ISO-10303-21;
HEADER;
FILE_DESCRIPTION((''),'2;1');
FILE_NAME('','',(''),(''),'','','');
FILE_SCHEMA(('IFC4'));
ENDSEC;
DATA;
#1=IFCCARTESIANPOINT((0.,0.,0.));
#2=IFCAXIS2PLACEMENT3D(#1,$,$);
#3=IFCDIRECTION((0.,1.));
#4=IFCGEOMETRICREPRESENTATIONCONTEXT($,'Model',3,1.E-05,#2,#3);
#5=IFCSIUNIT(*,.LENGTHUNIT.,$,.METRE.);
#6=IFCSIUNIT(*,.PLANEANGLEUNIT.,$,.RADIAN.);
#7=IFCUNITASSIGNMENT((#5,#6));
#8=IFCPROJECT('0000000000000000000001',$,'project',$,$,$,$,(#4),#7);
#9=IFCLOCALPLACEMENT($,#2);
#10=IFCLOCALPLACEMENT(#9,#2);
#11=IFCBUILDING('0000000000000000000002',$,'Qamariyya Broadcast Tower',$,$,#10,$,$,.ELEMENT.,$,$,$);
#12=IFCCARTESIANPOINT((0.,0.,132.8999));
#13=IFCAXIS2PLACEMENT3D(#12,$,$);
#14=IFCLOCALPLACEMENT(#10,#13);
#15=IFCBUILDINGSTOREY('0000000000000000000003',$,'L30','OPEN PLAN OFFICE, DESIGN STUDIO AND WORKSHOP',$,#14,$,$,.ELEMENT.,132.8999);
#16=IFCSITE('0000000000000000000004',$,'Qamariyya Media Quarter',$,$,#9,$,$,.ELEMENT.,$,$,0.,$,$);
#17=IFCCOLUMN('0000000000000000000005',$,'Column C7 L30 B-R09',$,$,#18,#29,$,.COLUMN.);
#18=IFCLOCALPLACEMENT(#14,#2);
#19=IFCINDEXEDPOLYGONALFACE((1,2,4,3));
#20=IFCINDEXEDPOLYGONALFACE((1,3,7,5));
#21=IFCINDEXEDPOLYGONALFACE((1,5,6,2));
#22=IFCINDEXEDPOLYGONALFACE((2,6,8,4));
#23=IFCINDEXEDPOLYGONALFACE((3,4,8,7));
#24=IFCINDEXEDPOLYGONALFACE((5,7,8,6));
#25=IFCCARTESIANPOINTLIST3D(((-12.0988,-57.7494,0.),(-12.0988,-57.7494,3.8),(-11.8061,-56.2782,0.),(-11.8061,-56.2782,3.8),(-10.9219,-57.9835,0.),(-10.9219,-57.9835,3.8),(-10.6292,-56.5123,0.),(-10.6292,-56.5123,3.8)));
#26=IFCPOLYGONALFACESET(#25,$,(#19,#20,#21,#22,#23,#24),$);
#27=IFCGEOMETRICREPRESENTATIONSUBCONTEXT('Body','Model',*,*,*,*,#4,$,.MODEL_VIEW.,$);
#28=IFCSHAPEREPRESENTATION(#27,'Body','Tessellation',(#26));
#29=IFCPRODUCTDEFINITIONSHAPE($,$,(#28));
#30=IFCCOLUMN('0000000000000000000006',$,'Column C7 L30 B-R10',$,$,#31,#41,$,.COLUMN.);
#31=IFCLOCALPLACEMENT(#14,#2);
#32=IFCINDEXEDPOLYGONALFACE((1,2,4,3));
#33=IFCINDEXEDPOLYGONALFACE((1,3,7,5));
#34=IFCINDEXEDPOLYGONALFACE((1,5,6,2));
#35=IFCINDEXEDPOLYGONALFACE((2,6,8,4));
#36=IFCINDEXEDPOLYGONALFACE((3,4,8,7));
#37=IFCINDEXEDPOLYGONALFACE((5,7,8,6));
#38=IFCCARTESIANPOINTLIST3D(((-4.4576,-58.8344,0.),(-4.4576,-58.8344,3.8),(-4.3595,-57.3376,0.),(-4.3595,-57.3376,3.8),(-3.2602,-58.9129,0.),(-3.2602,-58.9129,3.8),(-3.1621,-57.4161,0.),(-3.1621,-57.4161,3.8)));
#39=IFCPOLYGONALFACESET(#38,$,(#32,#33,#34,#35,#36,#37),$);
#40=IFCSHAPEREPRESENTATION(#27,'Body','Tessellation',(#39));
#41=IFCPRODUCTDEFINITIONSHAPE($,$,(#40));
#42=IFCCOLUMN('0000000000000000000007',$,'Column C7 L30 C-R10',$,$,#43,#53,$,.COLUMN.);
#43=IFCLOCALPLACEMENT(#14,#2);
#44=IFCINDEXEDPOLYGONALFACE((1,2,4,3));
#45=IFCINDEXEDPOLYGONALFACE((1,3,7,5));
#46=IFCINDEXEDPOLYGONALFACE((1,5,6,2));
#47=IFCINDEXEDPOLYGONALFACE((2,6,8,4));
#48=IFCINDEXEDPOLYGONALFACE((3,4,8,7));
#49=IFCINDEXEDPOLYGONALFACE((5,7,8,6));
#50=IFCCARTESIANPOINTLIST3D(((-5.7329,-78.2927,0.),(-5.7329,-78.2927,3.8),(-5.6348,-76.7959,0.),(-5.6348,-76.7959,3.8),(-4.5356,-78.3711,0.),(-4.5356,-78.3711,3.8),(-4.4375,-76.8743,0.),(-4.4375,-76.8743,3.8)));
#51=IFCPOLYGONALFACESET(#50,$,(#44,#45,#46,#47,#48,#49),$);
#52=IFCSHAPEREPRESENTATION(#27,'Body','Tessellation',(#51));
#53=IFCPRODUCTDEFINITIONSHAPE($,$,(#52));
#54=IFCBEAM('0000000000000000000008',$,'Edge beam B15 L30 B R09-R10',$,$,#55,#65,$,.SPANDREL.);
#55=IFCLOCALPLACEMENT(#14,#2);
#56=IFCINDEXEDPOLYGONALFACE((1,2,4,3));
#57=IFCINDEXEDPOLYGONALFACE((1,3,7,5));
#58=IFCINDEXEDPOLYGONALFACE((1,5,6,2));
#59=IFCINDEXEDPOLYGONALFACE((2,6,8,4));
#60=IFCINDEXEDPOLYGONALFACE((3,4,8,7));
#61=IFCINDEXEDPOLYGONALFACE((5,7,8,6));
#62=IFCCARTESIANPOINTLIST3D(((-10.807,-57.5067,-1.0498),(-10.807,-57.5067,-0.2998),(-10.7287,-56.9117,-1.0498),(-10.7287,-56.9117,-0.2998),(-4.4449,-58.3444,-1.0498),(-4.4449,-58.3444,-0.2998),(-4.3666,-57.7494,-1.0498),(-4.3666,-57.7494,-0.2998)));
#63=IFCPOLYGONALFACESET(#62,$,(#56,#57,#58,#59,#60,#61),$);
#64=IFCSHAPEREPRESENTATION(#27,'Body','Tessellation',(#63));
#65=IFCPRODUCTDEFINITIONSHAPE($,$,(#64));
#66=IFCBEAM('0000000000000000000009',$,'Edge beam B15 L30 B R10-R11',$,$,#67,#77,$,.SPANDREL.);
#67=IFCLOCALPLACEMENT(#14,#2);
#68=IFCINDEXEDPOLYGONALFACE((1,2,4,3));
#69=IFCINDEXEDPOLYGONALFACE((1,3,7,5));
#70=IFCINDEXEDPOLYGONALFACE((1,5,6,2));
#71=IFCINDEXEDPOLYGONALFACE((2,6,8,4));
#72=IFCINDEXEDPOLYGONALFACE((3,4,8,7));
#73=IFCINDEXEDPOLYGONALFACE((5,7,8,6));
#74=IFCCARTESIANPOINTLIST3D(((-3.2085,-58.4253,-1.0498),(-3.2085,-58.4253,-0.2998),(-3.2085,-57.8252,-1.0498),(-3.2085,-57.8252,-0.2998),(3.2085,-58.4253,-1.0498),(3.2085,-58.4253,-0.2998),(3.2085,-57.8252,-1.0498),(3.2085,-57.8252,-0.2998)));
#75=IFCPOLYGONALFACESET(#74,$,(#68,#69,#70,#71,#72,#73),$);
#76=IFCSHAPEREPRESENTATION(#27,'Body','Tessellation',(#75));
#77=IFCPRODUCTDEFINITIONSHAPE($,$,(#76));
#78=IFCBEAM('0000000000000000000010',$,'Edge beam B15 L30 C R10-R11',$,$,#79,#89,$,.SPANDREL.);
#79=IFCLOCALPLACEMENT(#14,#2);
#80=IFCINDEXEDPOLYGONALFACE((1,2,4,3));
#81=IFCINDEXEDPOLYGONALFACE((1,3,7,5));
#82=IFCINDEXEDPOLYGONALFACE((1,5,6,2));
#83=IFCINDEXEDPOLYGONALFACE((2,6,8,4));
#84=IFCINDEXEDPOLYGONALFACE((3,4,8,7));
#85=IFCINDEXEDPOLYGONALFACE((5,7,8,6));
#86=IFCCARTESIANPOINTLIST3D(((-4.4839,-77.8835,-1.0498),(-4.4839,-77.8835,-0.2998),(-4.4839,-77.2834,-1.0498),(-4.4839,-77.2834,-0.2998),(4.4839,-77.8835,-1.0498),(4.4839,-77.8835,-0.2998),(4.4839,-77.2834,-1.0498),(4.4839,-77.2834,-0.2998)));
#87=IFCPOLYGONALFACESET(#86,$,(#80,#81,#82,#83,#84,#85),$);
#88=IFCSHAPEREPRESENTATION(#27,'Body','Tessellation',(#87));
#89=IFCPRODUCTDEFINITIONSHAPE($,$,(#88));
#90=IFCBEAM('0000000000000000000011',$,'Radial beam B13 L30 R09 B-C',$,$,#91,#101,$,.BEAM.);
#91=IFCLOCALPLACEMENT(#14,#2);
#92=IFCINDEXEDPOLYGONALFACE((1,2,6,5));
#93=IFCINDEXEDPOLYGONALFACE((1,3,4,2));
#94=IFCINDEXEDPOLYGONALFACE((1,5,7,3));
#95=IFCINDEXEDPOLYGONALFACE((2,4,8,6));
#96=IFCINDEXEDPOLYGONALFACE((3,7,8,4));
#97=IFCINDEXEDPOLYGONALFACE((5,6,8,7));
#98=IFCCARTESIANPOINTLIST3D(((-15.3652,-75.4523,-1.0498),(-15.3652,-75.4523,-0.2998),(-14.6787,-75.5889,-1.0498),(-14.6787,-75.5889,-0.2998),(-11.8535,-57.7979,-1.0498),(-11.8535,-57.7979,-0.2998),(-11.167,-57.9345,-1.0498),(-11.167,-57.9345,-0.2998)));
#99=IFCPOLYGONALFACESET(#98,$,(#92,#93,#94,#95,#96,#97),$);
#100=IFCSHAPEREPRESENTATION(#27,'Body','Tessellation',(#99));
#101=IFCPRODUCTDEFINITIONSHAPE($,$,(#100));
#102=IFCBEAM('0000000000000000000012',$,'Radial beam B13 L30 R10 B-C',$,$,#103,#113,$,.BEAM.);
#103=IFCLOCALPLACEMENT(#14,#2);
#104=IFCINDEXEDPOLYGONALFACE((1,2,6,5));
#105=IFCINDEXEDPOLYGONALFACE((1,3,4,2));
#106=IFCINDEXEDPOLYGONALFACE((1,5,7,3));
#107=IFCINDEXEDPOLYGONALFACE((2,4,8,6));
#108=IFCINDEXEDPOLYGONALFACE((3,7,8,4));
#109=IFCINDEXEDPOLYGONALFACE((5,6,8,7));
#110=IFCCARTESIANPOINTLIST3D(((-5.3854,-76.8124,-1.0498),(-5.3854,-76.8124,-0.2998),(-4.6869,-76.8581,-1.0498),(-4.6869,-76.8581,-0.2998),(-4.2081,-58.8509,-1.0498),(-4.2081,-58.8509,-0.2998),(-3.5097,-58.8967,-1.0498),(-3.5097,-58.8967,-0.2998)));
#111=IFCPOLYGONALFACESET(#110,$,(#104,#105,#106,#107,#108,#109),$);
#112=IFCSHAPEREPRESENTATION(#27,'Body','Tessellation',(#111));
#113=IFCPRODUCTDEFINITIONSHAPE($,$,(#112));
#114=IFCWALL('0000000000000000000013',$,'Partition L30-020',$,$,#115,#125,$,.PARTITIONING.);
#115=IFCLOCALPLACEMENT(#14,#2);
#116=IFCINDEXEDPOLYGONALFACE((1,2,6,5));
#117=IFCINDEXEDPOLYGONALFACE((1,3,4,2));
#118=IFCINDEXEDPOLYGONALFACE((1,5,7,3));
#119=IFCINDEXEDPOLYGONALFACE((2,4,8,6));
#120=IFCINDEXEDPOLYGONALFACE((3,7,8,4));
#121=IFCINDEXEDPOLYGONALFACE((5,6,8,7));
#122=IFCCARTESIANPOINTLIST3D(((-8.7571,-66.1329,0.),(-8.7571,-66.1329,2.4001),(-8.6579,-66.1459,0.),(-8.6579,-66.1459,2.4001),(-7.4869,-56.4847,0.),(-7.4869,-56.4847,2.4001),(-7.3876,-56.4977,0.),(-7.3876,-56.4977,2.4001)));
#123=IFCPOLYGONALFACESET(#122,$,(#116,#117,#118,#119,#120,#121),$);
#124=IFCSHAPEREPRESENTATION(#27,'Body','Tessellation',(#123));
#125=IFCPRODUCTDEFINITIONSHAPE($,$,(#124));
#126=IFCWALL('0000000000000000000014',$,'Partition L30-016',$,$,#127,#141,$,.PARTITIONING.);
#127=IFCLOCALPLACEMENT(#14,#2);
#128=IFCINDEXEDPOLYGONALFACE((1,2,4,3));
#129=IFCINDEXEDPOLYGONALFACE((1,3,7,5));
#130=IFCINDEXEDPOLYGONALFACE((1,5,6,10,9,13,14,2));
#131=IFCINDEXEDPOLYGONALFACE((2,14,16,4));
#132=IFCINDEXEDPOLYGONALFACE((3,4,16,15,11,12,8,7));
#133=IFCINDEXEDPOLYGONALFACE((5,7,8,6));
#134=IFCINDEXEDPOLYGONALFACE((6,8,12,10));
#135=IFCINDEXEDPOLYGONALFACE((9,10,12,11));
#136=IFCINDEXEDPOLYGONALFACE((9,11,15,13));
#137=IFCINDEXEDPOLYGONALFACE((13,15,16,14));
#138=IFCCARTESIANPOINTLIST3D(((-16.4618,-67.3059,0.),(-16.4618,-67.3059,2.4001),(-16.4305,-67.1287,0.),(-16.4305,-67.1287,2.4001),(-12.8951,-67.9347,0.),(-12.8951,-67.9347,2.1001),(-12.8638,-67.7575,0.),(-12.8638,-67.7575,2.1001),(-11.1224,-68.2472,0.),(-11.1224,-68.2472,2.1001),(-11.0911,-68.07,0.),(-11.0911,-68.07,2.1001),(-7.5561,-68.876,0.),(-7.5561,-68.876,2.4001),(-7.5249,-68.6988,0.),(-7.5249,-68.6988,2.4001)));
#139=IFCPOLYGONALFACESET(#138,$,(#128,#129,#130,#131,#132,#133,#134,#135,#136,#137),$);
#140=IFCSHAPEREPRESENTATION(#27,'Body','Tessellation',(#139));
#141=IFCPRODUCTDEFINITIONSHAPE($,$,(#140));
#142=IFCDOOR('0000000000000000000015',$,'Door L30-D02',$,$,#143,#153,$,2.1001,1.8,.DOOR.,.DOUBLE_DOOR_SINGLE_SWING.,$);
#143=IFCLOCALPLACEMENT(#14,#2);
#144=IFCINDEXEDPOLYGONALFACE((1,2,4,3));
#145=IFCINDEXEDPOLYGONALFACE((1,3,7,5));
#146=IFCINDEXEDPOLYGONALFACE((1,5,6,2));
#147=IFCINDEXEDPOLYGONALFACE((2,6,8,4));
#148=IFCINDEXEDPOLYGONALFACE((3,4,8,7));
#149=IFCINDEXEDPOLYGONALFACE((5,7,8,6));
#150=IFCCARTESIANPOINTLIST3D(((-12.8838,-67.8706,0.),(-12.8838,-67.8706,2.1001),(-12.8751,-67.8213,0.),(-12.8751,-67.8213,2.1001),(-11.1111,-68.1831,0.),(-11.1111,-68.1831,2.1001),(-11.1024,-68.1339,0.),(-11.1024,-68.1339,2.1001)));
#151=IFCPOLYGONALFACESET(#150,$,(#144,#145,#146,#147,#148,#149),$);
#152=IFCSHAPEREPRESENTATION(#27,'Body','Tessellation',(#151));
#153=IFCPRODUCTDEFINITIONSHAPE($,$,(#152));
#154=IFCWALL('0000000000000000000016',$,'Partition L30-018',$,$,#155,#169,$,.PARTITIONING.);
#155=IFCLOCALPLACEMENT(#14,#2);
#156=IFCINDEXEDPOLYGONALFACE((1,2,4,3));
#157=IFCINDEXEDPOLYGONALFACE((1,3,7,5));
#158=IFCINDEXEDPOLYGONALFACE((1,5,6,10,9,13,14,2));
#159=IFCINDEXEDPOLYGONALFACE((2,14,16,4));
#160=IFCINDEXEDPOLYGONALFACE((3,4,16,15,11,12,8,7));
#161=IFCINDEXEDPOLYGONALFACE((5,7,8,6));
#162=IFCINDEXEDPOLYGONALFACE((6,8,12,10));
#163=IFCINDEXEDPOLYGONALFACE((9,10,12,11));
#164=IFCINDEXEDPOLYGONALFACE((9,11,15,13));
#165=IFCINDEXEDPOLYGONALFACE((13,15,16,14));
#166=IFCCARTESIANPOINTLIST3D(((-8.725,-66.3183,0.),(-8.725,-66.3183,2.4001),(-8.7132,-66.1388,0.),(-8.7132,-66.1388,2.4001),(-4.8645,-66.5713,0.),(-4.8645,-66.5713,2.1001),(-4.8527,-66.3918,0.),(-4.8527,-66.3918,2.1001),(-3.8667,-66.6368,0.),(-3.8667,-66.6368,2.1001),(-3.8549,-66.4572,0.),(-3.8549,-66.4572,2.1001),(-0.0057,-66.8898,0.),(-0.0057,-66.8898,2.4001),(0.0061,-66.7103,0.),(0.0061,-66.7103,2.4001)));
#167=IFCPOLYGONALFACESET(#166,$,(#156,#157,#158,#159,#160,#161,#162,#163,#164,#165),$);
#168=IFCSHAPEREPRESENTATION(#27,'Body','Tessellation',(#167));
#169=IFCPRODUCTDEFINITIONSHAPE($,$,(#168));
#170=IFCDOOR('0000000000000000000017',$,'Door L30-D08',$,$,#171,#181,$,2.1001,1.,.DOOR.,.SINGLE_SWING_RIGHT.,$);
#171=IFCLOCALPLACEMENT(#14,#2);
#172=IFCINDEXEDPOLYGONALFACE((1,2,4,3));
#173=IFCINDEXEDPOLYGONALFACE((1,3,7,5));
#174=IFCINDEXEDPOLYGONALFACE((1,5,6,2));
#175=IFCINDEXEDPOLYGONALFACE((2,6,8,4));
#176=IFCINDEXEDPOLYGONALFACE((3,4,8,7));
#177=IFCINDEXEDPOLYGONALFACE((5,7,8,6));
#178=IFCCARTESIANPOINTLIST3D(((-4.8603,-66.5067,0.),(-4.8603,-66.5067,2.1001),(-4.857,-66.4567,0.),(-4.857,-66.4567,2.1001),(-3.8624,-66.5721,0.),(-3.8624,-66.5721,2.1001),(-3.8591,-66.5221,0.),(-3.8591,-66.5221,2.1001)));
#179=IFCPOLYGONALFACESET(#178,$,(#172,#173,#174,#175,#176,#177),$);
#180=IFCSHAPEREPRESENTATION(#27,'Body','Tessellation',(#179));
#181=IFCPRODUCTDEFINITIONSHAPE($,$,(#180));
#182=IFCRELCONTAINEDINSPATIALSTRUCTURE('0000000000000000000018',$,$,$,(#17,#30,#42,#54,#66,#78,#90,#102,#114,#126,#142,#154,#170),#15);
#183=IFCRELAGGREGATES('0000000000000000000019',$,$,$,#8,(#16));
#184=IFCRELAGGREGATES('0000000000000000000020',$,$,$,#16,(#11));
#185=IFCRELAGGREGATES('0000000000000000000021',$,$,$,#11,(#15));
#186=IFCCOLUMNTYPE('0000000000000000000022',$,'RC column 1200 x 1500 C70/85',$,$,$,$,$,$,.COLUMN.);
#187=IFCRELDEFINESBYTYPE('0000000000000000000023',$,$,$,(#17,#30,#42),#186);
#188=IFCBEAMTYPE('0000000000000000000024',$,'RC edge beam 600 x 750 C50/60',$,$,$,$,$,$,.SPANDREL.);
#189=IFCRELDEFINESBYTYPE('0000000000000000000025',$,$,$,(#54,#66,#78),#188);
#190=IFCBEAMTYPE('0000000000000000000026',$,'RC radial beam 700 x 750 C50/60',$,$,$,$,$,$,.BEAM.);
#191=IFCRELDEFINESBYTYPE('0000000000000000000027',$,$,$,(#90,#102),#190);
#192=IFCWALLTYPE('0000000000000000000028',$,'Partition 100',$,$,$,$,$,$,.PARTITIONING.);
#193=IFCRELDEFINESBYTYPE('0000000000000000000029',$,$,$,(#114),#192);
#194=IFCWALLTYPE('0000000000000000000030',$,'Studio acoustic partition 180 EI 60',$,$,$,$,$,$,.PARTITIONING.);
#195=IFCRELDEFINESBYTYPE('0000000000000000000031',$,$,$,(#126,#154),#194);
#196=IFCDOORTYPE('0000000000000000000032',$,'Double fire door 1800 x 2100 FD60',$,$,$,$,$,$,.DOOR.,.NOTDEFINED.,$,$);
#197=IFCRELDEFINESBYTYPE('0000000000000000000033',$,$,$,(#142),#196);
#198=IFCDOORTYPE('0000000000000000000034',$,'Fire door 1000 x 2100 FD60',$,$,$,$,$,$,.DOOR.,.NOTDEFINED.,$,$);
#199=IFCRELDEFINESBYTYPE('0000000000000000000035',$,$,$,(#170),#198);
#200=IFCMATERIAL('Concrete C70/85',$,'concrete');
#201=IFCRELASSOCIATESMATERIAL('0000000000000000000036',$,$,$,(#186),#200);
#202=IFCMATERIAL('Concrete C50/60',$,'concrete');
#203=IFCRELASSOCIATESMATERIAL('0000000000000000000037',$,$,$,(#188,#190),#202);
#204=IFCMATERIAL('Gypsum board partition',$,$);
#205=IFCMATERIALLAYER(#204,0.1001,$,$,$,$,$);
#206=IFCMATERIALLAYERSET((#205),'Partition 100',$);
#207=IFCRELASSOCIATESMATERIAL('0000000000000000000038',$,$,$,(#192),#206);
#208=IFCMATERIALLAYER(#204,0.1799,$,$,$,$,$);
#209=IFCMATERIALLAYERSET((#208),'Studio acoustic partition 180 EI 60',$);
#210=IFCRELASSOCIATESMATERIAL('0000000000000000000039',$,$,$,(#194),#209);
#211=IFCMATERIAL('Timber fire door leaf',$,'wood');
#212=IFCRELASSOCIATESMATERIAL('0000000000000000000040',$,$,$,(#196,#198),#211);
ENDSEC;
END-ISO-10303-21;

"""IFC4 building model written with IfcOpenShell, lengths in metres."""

from ifc_helpers import new_model, si_unit, direction, frame, frame_2d, origin, origin_2d, place, context, subcontext, project, spatial, rectangle, extrude, material, layer, layer_set, material_profile, profile_set, type_object, element, fill, save


model = new_model("IFC4")

# Units and contexts
model_context = context("Model", 3, precision=1e-05, world=origin(), true_north=direction((0.0, 1.0)))
body_context = subcontext(model_context, "Body", "Model", "MODEL_VIEW")
ifc_project = project(units=[si_unit("LENGTHUNIT", "METRE"), si_unit("PLANEANGLEUNIT", "RADIAN")], contexts=[model_context])

# Site, building, storey
site_placement = place(None, origin())
site = spatial("IfcSite", under=ifc_project, at=site_placement, Name="Qamariyya Media Quarter", CompositionType="ELEMENT", RefElevation=0.0)
building_placement = place(site_placement, origin())
building = spatial("IfcBuilding", under=site, at=building_placement, Name="Qamariyya Broadcast Tower", CompositionType="ELEMENT")
storey_placement = place(building_placement, frame((0.0, 0.0, 132.8999)))
storey = spatial("IfcBuildingStorey", under=building, at=storey_placement, Name="L30", Description="OPEN PLAN OFFICE, DESIGN STUDIO AND WORKSHOP", CompositionType="ELEMENT", Elevation=132.8999)

# Columns
ifc_material_1 = material(Name="Concrete C70/85", Category="concrete")
ifc_material_profile_1 = material_profile(ifc_material_1, rectangle(XDim=1.2, YDim=1.5, at=origin_2d()))
ifc_profile_set_1 = profile_set([ifc_material_profile_1], Name="Concrete C70/85")
column_type = type_object("IfcColumnType", Name="RC column 1200 x 1500 C70/85", PredefinedType="COLUMN", material=ifc_profile_set_1)
for number, where, z_axis, x_axis, name in (
    (1, (-11.364, -57.1309, 0.0), (0.0, 0.0, 1.0), (0.980785, -0.19509, 0.0), "Column C7 L30 B-R09"),
    (2, (-3.8098, -58.1252, 0.0), (0.0, 0.0, 1.0), (0.997859, -0.065403, 0.0), "Column C7 L30 B-R10"),
    (3, (-5.0852, -77.5835, 0.0), (0.0, 0.0, 1.0), (0.997859, -0.065403, 0.0), "Column C7 L30 C-R10"),
):
    element("IfcColumn", number, at=place(storey_placement, frame(where, z_axis=z_axis, x_axis=x_axis)), inside=storey, type_object=column_type, Name=name, PredefinedType="COLUMN", context=body_context, shape_type="SweptSolid", body=[
        extrude(rectangle(XDim=1.2, YDim=1.5, at=origin_2d()), origin(), (0.0, 0.0, 1.0), 3.8),
    ])

# Beams
ifc_material_2 = material(Name="Concrete C50/60", Category="concrete")
ifc_material_profile_2 = material_profile(ifc_material_2, rectangle(XDim=0.6001, YDim=0.75, at=origin_2d()))
ifc_profile_set_2 = profile_set([ifc_material_profile_2], Name="Concrete C50/60")
beam_type_1 = type_object("IfcBeamType", Name="RC edge beam 600 x 750 C50/60", PredefinedType="SPANDREL", material=ifc_profile_set_2)
for number, where, z_axis, x_axis, name in (
    (4, (-10.7678, -57.2092, -0.6748), (0.991444, -0.130536, 0.0), (0.130536, 0.991444, 0.0), "Edge beam B15 L30 B R09-R10"),
    (5, (-3.2085, -58.1252, -0.6748), (1.0, 0.0, 0.0), (0.0, 1.0, 0.0), "Edge beam B15 L30 B R10-R11"),
):
    element("IfcBeam", number, at=place(storey_placement, frame(where, z_axis=z_axis, x_axis=x_axis)), inside=storey, type_object=beam_type_1, Name=name, PredefinedType="SPANDREL", context=body_context, shape_type="SweptSolid", body=[
        extrude(rectangle(XDim=0.6001, YDim=0.75, at=origin_2d()), origin(), (0.0, 0.0, 1.0), 6.417),
    ])
beam_1_placement = place(storey_placement, frame((-4.4839, -77.5835, -0.6748), z_axis=(1.0, 0.0, 0.0), x_axis=(0.0, 1.0, 0.0)))
element("IfcBeam", 6, at=beam_1_placement, inside=storey, type_object=beam_type_1, Name="Edge beam B15 L30 C R10-R11", PredefinedType="SPANDREL", context=body_context, shape_type="SweptSolid", body=[
    extrude(rectangle(XDim=0.6001, YDim=0.75, at=origin_2d()), origin(), (0.0, 0.0, 1.0), 8.9678),
])
ifc_material_profile_3 = material_profile(ifc_material_2, rectangle(XDim=0.7, YDim=0.75, at=origin_2d()))
ifc_profile_set_3 = profile_set([ifc_material_profile_3], Name="Concrete C50/60")
beam_type_2 = type_object("IfcBeamType", Name="RC radial beam 700 x 750 C50/60", PredefinedType="BEAM", material=ifc_profile_set_3)
beam_2_placement = place(storey_placement, frame((-11.5103, -57.8662, -0.6748), z_axis=(-0.195094, -0.980785, 0.0), x_axis=(0.980785, -0.195094, 0.0)))
element("IfcBeam", 7, at=beam_2_placement, inside=storey, type_object=beam_type_2, Name="Radial beam B13 L30 R09 B-C", PredefinedType="BEAM", context=body_context, shape_type="SweptSolid", body=[
    extrude(rectangle(XDim=0.7, YDim=0.75, at=origin_2d()), origin(), (0.0, 0.0, 1.0), 18.0002),
])
beam_3_placement = place(storey_placement, frame((-3.8589, -58.8738, -0.6748), z_axis=(-0.065403, -0.997859, 0.0), x_axis=(0.997859, -0.065403, 0.0)))
element("IfcBeam", 8, at=beam_3_placement, inside=storey, type_object=beam_type_2, Name="Radial beam B13 L30 R10 B-C", PredefinedType="BEAM", context=body_context, shape_type="SweptSolid", body=[
    extrude(rectangle(XDim=0.7, YDim=0.75, at=origin_2d()), origin(), (0.0, 0.0, 1.0), 18.0),
])

# Wall
ifc_material_3 = material(Name="Gypsum board partition")
ifc_layer_1 = layer(ifc_material_3, 0.1001)
ifc_layer_set_1 = layer_set([ifc_layer_1], Name="Partition 100")
wall_type_1 = type_object("IfcWallType", Name="Partition 100", PredefinedType="PARTITIONING", material=ifc_layer_set_1)
wall_1_placement = place(storey_placement, frame((-7.4373, -56.4912, 0.0), z_axis=(0.0, 0.0, 1.0), x_axis=(-0.130532, -0.991444, 0.0)))
element("IfcWall", 9, at=wall_1_placement, inside=storey, type_object=wall_type_1, Name="Partition L30-020", PredefinedType="PARTITIONING", context=body_context, shape_type="SweptSolid", body=[
    extrude(rectangle(XDim=9.7314, YDim=0.1001, at=frame_2d((4.8657, 0.0))), origin(), (0.0, 0.0, 1.0), 2.4001),
])

# Walls, openings, doors
ifc_layer_2 = layer(ifc_material_3, 0.1799)
ifc_layer_set_2 = layer_set([ifc_layer_2], Name="Studio acoustic partition 180 EI 60")
wall_type_2 = type_object("IfcWallType", Name="Studio acoustic partition 180 EI 60", PredefinedType="PARTITIONING", material=ifc_layer_set_2)
wall_2_placement = place(storey_placement, frame((-7.5405, -68.7874, 0.0), z_axis=(0.0, 0.0, 1.0), x_axis=(-0.984812, 0.173625, 0.0)))
wall_2 = element("IfcWall", 10, at=wall_2_placement, inside=storey, type_object=wall_type_2, Name="Partition L30-016", PredefinedType="PARTITIONING", context=body_context, shape_type="SweptSolid", body=[
    extrude(rectangle(XDim=9.043, YDim=0.1799, at=frame_2d((4.5215, 0.0))), origin(), (0.0, 0.0, 1.0), 2.4001),
])
opening_1_placement = place(wall_2_placement, frame((3.6213, 0.0, 0.0)))
opening_1 = element("IfcOpeningElement", 11, at=opening_1_placement, cuts=wall_2, PredefinedType="OPENING", context=body_context, shape_type="SweptSolid", body=[
    extrude(rectangle(XDim=1.8, YDim=2.1001, at=frame_2d((0.8999, 1.05))), frame((0.0, 0.0999, 0.0), z_axis=(0.0, -1.0, 0.0), x_axis=(1.0, 0.0, 0.0)), (0.0, 0.0, 1.0), 0.2),
])
ifc_material_4 = material(Name="Timber fire door leaf", Category="wood")
door_type_1 = type_object("IfcDoorType", Name="Double fire door 1800 x 2100 FD60", OperationType="NOTDEFINED", PredefinedType="DOOR", material=ifc_material_4)
door_1_placement = place(opening_1_placement, origin())
door_1 = element("IfcDoor", 12, at=door_1_placement, inside=storey, type_object=door_type_1, Name="Door L30-D02", OperationType="DOUBLE_DOOR_SINGLE_SWING", OverallHeight=2.1001, OverallWidth=1.8, PredefinedType="DOOR", context=body_context, shape_type="SweptSolid", body=[
    extrude(rectangle(XDim=1.8, YDim=2.1001, at=frame_2d((0.8999, 1.05))), frame((0.0, 0.0249, 0.0), z_axis=(0.0, -1.0, 0.0), x_axis=(1.0, 0.0, 0.0)), (0.0, 0.0, 1.0), 0.05),
])
fill(opening_1, door_1)
wall_3_placement = place(storey_placement, frame((-8.7192, -66.2285, 0.0), z_axis=(0.0, 0.0, 1.0), x_axis=(0.997859, -0.065408, 0.0)))
wall_3 = element("IfcWall", 13, at=wall_3_placement, inside=storey, type_object=wall_type_2, Name="Partition L30-018", PredefinedType="PARTITIONING", context=body_context, shape_type="SweptSolid", body=[
    extrude(rectangle(XDim=8.738, YDim=0.1799, at=frame_2d((4.3691, 0.0))), origin(), (0.0, 0.0, 1.0), 2.4001),
])
opening_2_placement = place(wall_3_placement, frame((3.8689, 0.0, 0.0)))
opening_2 = element("IfcOpeningElement", 14, at=opening_2_placement, cuts=wall_3, PredefinedType="OPENING", context=body_context, shape_type="SweptSolid", body=[
    extrude(rectangle(XDim=1.0, YDim=2.1001, at=frame_2d((0.5, 1.05))), frame((0.0, 0.0999, 0.0), z_axis=(0.0, -1.0, 0.0), x_axis=(1.0, 0.0, 0.0)), (0.0, 0.0, 1.0), 0.2),
])
door_type_2 = type_object("IfcDoorType", Name="Fire door 1000 x 2100 FD60", OperationType="NOTDEFINED", PredefinedType="DOOR", material=ifc_material_4)
door_2_placement = place(opening_2_placement, origin())
door_2 = element("IfcDoor", 15, at=door_2_placement, inside=storey, type_object=door_type_2, Name="Door L30-D08", OperationType="SINGLE_SWING_RIGHT", OverallHeight=2.1001, OverallWidth=1.0, PredefinedType="DOOR", context=body_context, shape_type="SweptSolid", body=[
    extrude(rectangle(XDim=1.0, YDim=2.1001, at=frame_2d((0.5, 1.05))), frame((0.0, 0.0249, 0.0), z_axis=(0.0, -1.0, 0.0), x_axis=(1.0, 0.0, 0.0)), (0.0, 0.0, 1.0), 0.05),
])
fill(opening_2, door_2)

save(model, "model.ifc")
